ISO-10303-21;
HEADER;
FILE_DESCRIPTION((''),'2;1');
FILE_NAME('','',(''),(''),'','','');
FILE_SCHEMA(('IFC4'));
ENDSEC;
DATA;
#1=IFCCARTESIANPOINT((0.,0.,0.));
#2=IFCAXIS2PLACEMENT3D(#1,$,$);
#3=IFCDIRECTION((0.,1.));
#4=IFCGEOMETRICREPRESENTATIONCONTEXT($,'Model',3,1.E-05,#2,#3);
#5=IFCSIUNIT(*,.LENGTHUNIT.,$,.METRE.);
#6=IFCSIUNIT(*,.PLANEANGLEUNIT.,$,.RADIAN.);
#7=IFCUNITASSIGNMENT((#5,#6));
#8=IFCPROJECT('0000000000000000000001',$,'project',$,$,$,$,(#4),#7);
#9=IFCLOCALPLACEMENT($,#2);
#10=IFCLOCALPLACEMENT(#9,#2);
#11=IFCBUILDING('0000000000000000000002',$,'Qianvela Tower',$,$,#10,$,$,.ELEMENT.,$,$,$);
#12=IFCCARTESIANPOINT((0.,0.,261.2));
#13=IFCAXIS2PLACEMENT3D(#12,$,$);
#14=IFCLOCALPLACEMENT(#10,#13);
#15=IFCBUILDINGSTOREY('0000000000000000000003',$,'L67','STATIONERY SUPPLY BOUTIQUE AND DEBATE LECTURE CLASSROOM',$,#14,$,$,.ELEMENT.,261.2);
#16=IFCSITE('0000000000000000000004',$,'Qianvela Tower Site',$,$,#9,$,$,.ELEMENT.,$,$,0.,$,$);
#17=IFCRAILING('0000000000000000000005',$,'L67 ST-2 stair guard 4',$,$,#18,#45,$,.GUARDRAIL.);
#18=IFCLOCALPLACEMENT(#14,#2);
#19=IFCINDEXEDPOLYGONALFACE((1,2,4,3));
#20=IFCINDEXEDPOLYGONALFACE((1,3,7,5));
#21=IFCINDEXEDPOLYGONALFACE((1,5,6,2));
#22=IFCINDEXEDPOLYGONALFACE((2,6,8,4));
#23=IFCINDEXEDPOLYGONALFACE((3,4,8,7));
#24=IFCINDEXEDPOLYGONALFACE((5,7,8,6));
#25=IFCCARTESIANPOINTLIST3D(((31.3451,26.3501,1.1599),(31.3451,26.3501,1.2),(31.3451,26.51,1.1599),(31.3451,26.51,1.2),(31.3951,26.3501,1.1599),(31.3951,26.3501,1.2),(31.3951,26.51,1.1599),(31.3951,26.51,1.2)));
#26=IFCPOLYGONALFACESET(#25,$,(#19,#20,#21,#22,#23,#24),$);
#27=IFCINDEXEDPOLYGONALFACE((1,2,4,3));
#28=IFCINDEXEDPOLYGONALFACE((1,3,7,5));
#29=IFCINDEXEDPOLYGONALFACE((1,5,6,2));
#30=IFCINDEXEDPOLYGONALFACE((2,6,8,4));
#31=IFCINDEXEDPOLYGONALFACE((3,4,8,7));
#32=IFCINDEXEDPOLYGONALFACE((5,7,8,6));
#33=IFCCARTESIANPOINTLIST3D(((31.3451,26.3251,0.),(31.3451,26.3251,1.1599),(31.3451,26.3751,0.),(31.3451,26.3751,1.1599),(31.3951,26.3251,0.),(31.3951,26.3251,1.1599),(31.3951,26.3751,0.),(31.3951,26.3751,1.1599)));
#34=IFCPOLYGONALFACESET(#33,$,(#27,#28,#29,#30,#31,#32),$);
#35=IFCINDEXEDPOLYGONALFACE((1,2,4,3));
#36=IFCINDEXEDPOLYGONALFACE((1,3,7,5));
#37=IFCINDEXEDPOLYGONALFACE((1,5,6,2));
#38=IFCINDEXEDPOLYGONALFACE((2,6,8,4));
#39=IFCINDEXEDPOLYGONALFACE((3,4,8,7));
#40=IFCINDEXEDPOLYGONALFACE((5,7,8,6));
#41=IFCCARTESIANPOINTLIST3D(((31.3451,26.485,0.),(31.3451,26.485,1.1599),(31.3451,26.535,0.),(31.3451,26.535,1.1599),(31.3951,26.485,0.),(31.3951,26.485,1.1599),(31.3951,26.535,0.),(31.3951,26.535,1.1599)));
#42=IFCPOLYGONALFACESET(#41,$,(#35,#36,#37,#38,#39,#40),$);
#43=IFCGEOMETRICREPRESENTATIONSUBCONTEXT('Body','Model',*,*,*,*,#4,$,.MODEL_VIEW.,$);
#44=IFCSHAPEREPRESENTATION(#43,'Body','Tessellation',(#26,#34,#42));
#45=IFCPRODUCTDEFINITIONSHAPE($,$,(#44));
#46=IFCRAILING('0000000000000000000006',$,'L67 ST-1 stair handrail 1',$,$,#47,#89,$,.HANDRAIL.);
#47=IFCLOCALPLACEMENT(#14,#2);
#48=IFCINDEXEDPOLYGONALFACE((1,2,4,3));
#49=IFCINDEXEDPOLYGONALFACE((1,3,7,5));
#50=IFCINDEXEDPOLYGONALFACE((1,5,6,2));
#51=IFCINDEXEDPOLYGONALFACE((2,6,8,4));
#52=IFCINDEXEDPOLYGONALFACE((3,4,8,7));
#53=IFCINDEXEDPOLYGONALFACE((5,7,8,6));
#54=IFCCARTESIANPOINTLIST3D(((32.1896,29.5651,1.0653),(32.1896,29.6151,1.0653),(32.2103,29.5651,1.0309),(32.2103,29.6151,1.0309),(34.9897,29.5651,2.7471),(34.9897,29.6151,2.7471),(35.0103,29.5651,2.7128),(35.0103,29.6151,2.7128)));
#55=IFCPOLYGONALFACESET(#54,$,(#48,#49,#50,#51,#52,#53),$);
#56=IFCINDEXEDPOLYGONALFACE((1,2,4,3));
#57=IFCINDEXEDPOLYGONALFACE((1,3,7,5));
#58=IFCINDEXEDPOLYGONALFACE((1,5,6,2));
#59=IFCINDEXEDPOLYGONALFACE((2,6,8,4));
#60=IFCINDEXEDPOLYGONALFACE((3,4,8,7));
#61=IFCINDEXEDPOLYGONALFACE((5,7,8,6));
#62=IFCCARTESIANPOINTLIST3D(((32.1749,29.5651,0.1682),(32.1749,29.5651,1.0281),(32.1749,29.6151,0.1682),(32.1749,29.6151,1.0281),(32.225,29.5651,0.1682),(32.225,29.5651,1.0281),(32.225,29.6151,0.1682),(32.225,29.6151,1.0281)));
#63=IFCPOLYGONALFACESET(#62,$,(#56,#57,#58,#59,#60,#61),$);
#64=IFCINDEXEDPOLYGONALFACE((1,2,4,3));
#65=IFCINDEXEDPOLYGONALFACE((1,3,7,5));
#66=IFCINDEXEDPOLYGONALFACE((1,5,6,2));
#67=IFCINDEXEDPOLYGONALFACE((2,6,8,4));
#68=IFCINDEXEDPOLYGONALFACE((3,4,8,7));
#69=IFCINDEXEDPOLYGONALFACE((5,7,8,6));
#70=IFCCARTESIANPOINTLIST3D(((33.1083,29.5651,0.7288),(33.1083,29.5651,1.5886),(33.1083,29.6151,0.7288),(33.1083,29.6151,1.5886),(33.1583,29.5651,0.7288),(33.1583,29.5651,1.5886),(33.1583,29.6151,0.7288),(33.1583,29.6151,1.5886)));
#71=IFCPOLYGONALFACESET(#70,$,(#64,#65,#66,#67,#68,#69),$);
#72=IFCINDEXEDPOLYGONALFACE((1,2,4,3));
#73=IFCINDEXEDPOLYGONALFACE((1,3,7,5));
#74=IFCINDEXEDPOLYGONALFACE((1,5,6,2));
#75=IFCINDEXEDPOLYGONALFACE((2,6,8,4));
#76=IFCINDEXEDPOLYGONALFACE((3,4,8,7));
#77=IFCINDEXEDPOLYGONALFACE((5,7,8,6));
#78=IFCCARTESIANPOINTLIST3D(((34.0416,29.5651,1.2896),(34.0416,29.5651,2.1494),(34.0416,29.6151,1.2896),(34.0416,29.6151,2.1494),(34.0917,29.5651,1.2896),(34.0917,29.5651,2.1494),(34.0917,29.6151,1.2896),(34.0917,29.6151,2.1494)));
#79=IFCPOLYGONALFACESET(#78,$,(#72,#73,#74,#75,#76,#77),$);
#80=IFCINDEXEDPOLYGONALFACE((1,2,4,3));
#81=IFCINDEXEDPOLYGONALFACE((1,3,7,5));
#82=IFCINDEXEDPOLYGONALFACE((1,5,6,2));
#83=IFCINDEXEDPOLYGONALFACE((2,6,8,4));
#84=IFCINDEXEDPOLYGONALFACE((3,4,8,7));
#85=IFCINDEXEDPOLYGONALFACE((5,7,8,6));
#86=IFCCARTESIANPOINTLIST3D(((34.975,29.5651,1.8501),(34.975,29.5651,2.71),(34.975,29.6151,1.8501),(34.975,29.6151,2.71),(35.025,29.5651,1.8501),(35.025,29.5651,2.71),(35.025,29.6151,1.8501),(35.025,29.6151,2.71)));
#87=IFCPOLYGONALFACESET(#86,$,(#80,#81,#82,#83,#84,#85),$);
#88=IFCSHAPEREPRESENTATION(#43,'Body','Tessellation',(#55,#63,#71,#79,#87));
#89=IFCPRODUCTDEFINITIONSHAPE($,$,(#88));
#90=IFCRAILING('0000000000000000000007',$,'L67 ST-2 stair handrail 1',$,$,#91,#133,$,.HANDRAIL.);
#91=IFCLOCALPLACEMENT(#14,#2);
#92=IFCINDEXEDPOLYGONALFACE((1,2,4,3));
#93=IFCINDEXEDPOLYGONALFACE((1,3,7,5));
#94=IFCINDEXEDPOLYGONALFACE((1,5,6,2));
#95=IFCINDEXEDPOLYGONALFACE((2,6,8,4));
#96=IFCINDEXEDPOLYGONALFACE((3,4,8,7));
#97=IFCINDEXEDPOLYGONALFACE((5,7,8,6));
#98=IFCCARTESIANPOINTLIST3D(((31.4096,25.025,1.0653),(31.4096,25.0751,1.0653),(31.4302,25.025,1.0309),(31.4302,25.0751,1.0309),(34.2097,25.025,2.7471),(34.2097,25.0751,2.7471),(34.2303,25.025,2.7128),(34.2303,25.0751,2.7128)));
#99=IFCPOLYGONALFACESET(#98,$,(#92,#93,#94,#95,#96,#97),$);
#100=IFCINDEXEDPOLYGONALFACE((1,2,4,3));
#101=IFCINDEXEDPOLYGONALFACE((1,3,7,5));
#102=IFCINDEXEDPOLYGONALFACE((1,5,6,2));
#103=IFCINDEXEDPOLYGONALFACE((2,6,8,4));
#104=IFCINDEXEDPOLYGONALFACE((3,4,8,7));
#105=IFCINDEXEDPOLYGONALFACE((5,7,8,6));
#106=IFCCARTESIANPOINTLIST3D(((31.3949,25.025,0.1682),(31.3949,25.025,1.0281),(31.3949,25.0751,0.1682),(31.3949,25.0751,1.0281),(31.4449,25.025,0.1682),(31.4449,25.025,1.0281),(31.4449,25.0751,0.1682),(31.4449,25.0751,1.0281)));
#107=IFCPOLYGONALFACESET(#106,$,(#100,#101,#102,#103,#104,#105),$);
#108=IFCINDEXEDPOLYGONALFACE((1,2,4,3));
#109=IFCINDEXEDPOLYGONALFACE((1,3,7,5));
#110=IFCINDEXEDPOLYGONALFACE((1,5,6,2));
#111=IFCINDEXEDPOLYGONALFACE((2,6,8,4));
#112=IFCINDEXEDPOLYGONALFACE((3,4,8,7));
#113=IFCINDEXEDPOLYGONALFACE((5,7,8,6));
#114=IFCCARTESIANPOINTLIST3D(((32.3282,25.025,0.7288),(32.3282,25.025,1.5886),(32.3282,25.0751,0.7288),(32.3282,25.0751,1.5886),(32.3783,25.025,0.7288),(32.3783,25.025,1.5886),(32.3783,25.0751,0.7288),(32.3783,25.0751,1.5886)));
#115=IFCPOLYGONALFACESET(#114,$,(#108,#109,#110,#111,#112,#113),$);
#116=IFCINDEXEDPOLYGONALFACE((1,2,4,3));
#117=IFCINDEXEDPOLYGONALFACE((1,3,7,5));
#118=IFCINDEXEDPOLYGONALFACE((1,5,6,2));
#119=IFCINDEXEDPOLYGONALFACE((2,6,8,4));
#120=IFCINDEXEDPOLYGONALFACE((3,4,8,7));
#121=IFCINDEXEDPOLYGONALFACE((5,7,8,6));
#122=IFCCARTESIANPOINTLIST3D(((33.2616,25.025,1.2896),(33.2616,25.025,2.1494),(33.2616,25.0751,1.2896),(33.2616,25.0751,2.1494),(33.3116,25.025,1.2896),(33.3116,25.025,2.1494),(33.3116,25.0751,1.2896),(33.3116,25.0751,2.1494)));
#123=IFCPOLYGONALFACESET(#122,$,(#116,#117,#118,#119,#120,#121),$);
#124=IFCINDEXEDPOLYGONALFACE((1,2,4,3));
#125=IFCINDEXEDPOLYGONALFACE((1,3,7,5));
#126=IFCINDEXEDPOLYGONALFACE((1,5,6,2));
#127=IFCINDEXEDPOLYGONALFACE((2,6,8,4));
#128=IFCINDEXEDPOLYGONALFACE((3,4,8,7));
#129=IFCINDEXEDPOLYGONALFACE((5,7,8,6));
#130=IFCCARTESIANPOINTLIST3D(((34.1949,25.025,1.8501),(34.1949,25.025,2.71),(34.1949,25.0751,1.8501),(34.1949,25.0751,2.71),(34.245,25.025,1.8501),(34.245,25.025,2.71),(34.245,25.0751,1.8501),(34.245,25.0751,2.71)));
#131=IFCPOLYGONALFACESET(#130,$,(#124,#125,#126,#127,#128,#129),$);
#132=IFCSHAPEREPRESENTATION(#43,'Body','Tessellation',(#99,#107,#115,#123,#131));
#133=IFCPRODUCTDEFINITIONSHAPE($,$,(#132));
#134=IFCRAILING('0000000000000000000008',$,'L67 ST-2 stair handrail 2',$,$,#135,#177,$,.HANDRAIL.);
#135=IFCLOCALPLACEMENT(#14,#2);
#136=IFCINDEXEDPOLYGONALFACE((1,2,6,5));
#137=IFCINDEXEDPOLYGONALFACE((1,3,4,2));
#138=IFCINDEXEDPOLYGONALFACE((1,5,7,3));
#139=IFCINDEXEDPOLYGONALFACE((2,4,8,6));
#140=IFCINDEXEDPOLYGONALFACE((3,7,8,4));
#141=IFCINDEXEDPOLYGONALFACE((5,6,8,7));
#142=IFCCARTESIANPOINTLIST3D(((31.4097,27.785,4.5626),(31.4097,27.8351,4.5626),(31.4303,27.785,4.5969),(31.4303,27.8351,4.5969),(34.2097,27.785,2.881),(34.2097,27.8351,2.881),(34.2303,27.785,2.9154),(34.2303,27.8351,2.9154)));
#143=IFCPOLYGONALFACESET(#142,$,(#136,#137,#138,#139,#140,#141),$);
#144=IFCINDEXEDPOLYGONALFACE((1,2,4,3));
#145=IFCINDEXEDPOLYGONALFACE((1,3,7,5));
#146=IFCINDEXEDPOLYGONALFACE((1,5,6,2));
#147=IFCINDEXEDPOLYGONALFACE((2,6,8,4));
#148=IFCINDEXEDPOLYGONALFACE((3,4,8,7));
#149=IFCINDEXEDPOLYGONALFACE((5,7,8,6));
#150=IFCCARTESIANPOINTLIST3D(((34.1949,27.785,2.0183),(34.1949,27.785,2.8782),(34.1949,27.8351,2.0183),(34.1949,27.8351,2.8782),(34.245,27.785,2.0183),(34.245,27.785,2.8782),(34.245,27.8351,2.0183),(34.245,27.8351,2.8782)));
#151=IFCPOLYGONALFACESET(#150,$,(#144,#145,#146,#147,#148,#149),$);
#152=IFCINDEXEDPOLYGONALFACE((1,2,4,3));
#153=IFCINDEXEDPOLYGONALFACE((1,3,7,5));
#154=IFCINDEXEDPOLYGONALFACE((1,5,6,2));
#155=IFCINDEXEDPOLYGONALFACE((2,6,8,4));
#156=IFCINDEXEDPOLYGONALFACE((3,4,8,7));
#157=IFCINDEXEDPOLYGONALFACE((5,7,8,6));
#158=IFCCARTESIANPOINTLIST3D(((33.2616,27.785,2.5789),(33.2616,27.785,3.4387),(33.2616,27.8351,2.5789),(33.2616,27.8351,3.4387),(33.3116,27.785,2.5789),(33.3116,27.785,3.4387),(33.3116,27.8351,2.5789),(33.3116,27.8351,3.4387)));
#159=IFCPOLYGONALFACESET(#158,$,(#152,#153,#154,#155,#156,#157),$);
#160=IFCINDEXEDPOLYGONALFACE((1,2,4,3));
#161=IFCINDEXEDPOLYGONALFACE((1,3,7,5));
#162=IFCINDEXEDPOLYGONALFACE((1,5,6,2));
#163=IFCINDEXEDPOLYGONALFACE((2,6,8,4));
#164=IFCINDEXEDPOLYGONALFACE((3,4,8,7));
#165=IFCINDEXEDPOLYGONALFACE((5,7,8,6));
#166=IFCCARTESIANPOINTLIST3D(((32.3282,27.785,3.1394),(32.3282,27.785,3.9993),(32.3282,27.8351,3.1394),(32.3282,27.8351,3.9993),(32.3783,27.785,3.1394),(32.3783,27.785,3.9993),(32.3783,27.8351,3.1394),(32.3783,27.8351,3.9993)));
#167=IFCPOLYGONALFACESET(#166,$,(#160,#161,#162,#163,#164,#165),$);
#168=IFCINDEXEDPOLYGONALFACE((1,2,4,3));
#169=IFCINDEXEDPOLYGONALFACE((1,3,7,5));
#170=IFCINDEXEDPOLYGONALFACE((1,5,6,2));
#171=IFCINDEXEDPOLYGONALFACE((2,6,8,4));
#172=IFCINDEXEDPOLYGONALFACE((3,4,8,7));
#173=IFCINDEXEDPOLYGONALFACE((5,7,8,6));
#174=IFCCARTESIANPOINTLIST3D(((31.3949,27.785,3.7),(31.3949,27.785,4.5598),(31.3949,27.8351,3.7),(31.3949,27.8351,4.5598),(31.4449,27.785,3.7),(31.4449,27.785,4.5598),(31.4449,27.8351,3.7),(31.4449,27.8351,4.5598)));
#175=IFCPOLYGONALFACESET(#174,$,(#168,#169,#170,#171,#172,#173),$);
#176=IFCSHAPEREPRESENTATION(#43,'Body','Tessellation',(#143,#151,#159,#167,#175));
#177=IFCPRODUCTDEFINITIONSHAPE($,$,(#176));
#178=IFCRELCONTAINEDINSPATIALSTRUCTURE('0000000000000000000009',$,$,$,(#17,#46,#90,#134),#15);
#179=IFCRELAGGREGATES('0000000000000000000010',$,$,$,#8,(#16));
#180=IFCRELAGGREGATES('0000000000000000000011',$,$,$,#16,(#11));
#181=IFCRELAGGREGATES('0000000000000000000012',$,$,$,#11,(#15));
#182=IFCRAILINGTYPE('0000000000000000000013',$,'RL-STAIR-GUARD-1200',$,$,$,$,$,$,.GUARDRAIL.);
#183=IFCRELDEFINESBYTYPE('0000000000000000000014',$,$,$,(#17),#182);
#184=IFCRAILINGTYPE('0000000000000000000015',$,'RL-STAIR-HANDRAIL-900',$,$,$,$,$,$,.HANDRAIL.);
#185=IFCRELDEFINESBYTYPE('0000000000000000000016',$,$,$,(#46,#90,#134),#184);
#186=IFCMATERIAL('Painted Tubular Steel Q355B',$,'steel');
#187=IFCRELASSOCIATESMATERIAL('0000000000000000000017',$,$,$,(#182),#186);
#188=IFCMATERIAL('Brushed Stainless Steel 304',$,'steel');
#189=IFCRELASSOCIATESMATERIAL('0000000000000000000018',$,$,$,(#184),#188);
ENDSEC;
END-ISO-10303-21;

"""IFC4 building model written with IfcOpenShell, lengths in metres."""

from ifc_helpers import new_model, si_unit, direction, frame, origin, origin_2d, place, context, subcontext, project, spatial, rectangle, extrude, material, type_object, element, save


model = new_model("IFC4")

# Units and contexts
model_context = context("Model", 3, precision=1e-05, world=origin(), true_north=direction((0.0, 1.0)))
body_context = subcontext(model_context, "Body", "Model", "MODEL_VIEW")
ifc_project = project(units=[si_unit("LENGTHUNIT", "METRE"), si_unit("PLANEANGLEUNIT", "RADIAN")], contexts=[model_context])

# Site, building, storey
site_placement = place(None, origin())
site = spatial("IfcSite", under=ifc_project, at=site_placement, Name="Qianvela Tower Site", CompositionType="ELEMENT", RefElevation=0.0)
building_placement = place(site_placement, origin())
building = spatial("IfcBuilding", under=site, at=building_placement, Name="Qianvela Tower", CompositionType="ELEMENT")
storey_placement = place(building_placement, frame((0.0, 0.0, 261.2)))
storey = spatial("IfcBuildingStorey", under=building, at=storey_placement, Name="L67", Description="STATIONERY SUPPLY BOUTIQUE AND DEBATE LECTURE CLASSROOM", CompositionType="ELEMENT", Elevation=261.2)

# Railings
ifc_material_1 = material(Name="Painted Tubular Steel Q355B", Category="steel")
railing_type_1 = type_object("IfcRailingType", Name="RL-STAIR-GUARD-1200", PredefinedType="GUARDRAIL", material=ifc_material_1)
railing_1_placement = place(storey_placement, frame((31.3701, 26.3501, 0.0)))
element("IfcRailing", 1, at=railing_1_placement, inside=storey, type_object=railing_type_1, Name="L67 ST-2 stair guard 4", PredefinedType="GUARDRAIL", context=body_context, shape_type="SweptSolid", body=[
    extrude(rectangle(XDim=0.05, YDim=0.04, at=origin_2d()), frame((0.0, 0.0, 1.1799), z_axis=(0.0, 1.0, 0.0), x_axis=(-1.0, 0.0, 0.0)), (0.0, 0.0, 1.0), 0.1599),
    extrude(rectangle(XDim=0.05, YDim=0.05, at=origin_2d()), origin(), (0.0, 0.0, 1.0), 1.1599),
    extrude(rectangle(XDim=0.05, YDim=0.05, at=origin_2d()), frame((0.0, 0.1599, 0.0)), (0.0, 0.0, 1.0), 1.1599),
])
ifc_material_2 = material(Name="Brushed Stainless Steel 304", Category="steel")
railing_type_2 = type_object("IfcRailingType", Name="RL-STAIR-HANDRAIL-900", PredefinedType="HANDRAIL", material=ifc_material_2)
for number, where, name in (
    (2, (32.2, 29.5901, 0.1682), "L67 ST-1 stair handrail 1"),
    (3, (31.4199, 25.05, 0.1682), "L67 ST-2 stair handrail 1"),
):
    element("IfcRailing", number, at=place(storey_placement, frame(where)), inside=storey, type_object=railing_type_2, Name=name, PredefinedType="HANDRAIL", context=body_context, shape_type="SweptSolid", body=[
        extrude(rectangle(XDim=0.05, YDim=0.04, at=origin_2d()), frame((0.0, 0.0, 0.8799), z_axis=(0.857242, 0.0, 0.514913), x_axis=(0.0, 1.0, 0.0)), (0.0, 0.0, 1.0), 3.2664),
        extrude(rectangle(XDim=0.05, YDim=0.05, at=origin_2d()), origin(), (0.0, 0.0, 1.0), 0.8599),
        extrude(rectangle(XDim=0.05, YDim=0.05, at=origin_2d()), frame((0.9333, 0.0, 0.5605)), (0.0, 0.0, 1.0), 0.8599),
        extrude(rectangle(XDim=0.05, YDim=0.05, at=origin_2d()), frame((1.8667, 0.0, 1.1213)), (0.0, 0.0, 1.0), 0.8599),
        extrude(rectangle(XDim=0.05, YDim=0.05, at=origin_2d()), frame((2.8, 0.0, 1.6819)), (0.0, 0.0, 1.0), 0.8599),
    ])
railing_2_placement = place(storey_placement, frame((34.22, 27.8101, 2.0183)))
element("IfcRailing", 4, at=railing_2_placement, inside=storey, type_object=railing_type_2, Name="L67 ST-2 stair handrail 2", PredefinedType="HANDRAIL", context=body_context, shape_type="SweptSolid", body=[
    extrude(rectangle(XDim=0.05, YDim=0.04, at=origin_2d()), frame((0.0, 0.0, 0.8799), z_axis=(-0.857275, 0.0, 0.514858), x_axis=(0.0, -1.0, 0.0)), (0.0, 0.0, 1.0), 3.2661),
    extrude(rectangle(XDim=0.05, YDim=0.05, at=origin_2d()), origin(), (0.0, 0.0, 1.0), 0.8599),
    extrude(rectangle(XDim=0.05, YDim=0.05, at=origin_2d()), frame((-0.9333, 0.0, 0.5605)), (0.0, 0.0, 1.0), 0.8599),
    extrude(rectangle(XDim=0.05, YDim=0.05, at=origin_2d()), frame((-1.8667, 0.0, 1.1211)), (0.0, 0.0, 1.0), 0.8599),
    extrude(rectangle(XDim=0.05, YDim=0.05, at=origin_2d()), frame((-2.8, 0.0, 1.6816)), (0.0, 0.0, 1.0), 0.8599),
])

save(model, "model.ifc")
